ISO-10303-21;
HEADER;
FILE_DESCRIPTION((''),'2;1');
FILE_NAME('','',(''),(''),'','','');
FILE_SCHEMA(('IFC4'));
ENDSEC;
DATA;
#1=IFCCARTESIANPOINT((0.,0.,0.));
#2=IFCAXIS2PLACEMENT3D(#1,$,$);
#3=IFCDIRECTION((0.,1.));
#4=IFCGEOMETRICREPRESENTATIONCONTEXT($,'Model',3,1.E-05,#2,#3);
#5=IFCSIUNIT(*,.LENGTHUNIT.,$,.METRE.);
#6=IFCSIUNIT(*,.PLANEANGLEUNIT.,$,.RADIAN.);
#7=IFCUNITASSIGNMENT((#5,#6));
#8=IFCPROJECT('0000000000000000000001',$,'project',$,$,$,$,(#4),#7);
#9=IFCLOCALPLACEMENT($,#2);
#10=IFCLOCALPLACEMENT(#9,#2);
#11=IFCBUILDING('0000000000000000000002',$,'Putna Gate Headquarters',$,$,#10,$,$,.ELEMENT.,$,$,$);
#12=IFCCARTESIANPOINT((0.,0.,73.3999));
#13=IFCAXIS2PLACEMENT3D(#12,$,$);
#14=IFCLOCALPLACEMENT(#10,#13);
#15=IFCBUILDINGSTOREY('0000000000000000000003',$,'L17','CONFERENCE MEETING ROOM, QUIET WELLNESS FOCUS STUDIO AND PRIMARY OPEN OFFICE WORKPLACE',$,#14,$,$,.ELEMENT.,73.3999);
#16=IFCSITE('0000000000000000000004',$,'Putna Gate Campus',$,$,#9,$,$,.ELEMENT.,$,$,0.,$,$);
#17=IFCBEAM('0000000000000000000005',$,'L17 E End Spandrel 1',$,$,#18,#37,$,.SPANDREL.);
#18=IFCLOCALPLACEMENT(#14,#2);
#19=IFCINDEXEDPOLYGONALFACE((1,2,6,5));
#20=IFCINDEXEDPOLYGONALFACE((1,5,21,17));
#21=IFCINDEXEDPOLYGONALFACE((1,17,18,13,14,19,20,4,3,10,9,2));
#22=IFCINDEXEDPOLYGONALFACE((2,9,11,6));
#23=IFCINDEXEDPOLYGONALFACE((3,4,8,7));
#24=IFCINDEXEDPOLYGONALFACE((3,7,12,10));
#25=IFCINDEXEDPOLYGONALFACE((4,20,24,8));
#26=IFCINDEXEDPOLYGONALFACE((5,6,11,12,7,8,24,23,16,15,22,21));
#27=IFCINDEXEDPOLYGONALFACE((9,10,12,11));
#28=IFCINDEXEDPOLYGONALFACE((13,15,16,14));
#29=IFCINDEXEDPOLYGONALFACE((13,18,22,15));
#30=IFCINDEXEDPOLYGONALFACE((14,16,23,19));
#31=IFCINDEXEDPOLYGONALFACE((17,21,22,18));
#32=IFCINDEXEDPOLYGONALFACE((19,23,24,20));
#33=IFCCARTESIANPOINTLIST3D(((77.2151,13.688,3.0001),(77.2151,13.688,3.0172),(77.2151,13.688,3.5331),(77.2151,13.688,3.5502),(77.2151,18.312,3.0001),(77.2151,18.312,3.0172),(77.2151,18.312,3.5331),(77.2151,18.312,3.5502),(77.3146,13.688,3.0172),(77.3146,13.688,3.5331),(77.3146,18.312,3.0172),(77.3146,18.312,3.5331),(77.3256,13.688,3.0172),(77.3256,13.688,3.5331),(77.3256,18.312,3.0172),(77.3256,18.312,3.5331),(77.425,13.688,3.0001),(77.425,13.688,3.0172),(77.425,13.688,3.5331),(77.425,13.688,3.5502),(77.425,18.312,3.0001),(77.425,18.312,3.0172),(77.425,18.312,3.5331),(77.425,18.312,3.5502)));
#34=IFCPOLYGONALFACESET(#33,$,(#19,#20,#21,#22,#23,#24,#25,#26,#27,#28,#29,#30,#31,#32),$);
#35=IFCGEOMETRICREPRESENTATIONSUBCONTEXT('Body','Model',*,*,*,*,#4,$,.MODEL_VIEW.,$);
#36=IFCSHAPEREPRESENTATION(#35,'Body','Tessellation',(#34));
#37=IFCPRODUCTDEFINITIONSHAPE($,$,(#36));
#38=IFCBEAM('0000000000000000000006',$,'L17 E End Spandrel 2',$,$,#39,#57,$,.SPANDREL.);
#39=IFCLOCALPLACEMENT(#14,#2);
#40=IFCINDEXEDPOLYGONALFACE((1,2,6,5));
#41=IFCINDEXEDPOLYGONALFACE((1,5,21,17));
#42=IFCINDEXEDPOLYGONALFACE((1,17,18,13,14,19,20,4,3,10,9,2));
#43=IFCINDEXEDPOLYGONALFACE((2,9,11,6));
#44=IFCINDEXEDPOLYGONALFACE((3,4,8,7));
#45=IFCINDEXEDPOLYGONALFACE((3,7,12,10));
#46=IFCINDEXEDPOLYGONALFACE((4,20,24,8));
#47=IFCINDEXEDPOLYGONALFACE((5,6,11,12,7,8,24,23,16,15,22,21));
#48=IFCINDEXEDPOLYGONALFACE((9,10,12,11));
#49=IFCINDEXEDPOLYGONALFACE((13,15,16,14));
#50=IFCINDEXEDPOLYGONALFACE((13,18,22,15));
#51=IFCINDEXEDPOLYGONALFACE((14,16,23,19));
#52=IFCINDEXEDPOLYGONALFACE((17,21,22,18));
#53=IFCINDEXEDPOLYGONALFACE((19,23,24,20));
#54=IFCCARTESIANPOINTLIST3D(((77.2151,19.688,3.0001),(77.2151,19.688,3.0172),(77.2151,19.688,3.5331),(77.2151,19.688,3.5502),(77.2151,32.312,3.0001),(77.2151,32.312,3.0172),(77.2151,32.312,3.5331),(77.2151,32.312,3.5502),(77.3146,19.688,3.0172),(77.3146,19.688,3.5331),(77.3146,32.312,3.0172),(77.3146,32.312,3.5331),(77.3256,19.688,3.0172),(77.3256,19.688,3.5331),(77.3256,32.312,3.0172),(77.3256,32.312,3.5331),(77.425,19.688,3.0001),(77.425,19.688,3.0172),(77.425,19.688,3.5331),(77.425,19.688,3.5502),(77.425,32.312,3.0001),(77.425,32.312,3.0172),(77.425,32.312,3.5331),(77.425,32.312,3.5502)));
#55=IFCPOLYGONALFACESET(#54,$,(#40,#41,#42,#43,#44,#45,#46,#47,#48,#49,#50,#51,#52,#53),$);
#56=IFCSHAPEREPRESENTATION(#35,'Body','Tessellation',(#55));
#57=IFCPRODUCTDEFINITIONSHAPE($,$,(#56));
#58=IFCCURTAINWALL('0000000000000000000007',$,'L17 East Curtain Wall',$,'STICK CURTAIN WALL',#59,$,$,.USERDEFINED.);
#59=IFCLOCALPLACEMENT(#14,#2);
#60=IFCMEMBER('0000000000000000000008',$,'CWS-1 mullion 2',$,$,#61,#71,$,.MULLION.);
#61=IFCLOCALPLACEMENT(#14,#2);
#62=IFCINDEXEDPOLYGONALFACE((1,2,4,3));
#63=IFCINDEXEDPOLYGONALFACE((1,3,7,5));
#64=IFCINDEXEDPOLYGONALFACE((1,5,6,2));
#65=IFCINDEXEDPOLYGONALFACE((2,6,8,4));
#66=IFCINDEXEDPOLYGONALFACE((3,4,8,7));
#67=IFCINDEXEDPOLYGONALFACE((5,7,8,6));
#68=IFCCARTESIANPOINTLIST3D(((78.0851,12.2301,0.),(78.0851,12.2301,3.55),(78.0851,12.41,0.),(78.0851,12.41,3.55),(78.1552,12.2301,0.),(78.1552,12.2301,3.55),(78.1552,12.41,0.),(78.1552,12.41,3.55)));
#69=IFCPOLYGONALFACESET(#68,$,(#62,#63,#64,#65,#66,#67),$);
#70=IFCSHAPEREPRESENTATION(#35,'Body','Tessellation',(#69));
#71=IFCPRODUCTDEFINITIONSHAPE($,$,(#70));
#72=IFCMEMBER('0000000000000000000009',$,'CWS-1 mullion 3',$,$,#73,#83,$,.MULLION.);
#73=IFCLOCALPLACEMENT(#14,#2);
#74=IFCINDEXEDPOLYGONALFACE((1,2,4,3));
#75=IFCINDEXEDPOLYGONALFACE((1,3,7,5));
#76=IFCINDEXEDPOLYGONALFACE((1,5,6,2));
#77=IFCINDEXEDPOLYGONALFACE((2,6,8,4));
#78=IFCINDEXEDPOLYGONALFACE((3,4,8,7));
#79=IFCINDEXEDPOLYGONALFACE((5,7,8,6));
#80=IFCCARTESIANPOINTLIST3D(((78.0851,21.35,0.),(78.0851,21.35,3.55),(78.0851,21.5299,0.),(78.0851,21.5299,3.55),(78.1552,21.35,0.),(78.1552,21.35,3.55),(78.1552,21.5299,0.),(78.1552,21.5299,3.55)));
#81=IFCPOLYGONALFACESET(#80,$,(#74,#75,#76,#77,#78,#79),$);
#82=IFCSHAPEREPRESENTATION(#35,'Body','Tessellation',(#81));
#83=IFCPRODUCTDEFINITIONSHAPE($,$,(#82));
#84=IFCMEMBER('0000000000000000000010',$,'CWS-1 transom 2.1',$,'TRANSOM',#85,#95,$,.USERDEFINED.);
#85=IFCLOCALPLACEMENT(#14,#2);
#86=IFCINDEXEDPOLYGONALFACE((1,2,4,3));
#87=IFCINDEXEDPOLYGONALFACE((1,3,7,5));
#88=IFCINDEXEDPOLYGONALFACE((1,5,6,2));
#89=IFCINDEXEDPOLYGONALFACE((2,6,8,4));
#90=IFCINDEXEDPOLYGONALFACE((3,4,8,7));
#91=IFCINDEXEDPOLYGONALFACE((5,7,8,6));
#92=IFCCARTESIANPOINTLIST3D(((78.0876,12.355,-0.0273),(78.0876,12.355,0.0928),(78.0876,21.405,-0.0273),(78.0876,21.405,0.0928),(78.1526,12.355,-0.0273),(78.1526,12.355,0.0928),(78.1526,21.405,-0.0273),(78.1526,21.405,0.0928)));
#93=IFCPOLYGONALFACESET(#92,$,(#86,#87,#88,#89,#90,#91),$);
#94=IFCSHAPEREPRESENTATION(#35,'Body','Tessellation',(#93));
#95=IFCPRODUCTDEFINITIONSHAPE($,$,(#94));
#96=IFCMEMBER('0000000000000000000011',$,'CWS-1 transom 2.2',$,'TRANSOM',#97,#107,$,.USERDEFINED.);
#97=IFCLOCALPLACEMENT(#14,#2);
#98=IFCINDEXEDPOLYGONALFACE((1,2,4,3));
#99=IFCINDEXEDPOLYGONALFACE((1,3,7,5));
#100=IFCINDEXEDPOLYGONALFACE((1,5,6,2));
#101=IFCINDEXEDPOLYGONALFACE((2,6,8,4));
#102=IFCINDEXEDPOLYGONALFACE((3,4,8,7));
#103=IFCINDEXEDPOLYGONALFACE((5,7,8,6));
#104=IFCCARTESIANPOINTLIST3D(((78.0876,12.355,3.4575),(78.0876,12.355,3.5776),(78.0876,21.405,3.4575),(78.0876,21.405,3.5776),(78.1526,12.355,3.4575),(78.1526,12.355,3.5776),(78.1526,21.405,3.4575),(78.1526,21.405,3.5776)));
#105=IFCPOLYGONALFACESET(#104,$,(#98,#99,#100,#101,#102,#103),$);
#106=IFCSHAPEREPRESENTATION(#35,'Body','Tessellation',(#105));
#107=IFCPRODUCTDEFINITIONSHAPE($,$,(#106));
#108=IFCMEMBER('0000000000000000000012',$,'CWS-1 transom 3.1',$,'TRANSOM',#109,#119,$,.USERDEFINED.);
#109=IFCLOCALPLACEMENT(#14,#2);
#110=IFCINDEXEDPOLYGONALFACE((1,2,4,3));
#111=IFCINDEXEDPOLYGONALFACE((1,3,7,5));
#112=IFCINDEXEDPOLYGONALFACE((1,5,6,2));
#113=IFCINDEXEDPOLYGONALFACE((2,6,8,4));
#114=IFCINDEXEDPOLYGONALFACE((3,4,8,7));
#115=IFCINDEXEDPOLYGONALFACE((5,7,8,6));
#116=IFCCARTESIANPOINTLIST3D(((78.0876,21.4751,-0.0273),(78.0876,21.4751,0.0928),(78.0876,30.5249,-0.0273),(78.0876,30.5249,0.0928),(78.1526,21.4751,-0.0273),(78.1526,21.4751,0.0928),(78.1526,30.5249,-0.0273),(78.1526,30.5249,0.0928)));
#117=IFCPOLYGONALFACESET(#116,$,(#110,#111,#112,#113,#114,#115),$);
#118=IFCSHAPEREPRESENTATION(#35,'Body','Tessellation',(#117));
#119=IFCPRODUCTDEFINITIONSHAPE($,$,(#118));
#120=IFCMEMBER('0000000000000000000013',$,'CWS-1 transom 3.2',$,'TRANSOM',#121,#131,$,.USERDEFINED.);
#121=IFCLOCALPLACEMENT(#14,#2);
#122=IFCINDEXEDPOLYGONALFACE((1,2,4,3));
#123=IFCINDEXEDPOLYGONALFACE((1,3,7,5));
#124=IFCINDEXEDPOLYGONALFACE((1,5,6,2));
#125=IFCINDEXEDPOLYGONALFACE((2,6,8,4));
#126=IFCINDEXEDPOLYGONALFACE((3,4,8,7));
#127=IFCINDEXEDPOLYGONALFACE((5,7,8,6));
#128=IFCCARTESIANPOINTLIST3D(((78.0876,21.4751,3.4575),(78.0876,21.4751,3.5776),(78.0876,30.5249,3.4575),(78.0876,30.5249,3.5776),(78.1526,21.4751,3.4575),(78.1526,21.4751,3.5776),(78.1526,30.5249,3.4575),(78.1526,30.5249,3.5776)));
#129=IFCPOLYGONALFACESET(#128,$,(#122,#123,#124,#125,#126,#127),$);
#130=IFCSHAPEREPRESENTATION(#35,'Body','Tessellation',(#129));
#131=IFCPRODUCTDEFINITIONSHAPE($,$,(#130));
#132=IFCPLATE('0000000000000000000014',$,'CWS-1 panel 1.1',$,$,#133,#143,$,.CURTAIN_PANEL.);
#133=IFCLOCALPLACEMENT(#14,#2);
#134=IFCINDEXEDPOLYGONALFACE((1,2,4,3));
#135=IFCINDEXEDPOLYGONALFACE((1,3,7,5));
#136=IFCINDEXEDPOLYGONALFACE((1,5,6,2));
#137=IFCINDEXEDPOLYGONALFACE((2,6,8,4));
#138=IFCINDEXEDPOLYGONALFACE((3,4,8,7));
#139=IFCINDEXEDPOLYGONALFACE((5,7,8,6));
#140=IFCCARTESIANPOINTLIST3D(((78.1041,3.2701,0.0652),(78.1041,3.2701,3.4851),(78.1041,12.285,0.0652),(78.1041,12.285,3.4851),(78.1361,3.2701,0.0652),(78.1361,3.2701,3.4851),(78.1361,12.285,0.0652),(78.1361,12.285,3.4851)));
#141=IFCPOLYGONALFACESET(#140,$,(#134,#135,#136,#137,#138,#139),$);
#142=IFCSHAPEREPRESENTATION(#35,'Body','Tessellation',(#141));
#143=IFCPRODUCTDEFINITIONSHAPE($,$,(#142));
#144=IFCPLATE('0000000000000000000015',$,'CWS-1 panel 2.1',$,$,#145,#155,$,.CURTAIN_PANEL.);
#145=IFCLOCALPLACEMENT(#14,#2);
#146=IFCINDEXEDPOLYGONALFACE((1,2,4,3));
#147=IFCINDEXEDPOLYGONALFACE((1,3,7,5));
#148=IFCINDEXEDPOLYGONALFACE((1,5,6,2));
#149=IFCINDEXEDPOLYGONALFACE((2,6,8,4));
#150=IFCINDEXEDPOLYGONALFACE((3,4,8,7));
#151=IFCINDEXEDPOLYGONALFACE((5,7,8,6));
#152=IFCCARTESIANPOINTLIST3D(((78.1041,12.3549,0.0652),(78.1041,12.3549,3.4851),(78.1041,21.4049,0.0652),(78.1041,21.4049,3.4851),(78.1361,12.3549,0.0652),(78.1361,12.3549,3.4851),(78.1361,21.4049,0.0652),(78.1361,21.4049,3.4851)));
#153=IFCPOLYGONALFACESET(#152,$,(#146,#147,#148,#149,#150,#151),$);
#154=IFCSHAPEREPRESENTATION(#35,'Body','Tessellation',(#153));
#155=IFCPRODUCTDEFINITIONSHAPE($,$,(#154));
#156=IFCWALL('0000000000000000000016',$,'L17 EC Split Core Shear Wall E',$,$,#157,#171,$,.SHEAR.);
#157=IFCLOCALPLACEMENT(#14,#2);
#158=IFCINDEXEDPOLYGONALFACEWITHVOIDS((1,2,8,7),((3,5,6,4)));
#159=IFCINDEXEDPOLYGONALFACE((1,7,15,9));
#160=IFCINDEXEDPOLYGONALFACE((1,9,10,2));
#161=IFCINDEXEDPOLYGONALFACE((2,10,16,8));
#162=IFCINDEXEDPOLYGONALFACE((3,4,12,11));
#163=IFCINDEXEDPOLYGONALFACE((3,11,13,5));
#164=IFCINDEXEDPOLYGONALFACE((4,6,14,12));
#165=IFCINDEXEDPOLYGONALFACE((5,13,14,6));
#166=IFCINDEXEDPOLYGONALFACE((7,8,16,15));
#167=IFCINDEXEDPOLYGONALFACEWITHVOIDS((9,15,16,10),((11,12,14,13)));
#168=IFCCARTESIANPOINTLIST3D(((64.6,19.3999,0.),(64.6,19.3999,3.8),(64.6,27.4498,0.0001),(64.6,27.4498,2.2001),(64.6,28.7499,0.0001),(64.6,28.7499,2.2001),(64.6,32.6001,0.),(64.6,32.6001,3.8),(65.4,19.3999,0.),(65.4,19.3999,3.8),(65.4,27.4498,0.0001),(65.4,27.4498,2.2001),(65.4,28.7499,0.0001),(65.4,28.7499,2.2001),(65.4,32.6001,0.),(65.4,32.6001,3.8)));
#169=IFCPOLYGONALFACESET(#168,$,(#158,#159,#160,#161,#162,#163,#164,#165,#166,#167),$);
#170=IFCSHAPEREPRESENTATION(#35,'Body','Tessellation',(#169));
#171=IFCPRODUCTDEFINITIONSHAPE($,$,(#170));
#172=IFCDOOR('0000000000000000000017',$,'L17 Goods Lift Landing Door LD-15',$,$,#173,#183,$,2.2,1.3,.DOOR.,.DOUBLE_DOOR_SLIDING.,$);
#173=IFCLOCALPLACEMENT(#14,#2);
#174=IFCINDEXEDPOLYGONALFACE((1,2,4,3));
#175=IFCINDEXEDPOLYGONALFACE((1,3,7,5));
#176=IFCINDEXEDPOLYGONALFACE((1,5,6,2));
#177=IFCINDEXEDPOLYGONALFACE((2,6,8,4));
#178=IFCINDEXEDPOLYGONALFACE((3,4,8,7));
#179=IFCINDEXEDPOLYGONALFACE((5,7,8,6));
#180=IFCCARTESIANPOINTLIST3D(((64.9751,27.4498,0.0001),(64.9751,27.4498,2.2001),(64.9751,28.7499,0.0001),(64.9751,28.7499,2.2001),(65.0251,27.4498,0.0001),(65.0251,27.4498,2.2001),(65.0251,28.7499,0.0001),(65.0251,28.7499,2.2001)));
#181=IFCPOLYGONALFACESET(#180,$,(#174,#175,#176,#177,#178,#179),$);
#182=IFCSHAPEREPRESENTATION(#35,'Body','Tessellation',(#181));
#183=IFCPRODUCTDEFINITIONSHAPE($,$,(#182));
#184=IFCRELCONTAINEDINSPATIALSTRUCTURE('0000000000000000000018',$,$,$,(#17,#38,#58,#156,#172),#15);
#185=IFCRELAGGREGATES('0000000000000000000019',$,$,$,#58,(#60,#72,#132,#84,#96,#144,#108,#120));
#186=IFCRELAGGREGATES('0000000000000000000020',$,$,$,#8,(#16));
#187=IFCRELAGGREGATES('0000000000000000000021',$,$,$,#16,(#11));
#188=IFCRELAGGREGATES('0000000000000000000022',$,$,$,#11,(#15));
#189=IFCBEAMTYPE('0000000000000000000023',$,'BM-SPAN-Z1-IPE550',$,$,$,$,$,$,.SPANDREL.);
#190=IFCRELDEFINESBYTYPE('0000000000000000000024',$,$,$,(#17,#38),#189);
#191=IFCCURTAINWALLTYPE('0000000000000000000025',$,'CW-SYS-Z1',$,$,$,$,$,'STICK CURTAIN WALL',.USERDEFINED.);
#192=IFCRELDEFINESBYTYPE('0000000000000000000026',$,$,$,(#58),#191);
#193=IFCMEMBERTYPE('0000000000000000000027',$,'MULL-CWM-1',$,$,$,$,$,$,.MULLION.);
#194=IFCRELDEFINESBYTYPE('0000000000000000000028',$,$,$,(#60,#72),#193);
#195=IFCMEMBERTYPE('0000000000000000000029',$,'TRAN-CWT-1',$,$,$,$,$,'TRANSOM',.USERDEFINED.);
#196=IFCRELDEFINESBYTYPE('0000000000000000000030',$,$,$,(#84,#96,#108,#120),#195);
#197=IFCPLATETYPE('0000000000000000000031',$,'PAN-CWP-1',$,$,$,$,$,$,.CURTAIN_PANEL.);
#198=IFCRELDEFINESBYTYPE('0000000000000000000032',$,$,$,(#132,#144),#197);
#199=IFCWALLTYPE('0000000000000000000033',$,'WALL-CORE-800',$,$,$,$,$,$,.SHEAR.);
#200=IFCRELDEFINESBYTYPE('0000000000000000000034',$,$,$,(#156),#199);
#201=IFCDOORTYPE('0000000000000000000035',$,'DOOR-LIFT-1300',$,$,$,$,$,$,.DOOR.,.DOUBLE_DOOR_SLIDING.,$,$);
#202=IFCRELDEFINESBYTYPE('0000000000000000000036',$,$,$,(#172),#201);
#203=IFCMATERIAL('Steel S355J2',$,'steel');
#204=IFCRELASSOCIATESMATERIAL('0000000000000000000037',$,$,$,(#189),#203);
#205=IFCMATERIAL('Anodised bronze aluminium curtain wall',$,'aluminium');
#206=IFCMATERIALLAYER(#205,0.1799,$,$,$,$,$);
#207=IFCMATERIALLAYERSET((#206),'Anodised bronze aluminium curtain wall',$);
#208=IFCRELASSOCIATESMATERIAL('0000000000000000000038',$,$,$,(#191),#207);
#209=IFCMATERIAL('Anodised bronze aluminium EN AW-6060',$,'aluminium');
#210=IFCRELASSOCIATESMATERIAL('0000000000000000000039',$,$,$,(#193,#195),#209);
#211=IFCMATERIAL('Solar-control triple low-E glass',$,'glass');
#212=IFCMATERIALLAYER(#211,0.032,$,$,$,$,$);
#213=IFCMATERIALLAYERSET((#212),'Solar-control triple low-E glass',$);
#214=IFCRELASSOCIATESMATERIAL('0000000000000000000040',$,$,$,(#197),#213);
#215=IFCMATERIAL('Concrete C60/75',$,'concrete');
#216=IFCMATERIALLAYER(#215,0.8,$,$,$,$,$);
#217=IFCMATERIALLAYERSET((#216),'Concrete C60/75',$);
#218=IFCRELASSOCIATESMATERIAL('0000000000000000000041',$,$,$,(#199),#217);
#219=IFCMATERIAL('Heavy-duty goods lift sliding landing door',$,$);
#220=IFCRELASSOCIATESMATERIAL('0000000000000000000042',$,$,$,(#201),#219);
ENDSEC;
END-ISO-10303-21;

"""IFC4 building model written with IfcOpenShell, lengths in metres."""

from ifc_helpers import new_model, si_unit, direction, frame, frame_2d, origin, origin_2d, place, context, subcontext, project, spatial, rectangle, i_section, extrude, material, layer, layer_set, material_profile, profile_set, type_object, element, fill, aggregate, save


model = new_model("IFC4")

# Units and contexts
model_context = context("Model", 3, precision=1e-05, world=origin(), true_north=direction((0.0, 1.0)))
body_context = subcontext(model_context, "Body", "Model", "MODEL_VIEW")
ifc_project = project(units=[si_unit("LENGTHUNIT", "METRE"), si_unit("PLANEANGLEUNIT", "RADIAN")], contexts=[model_context])

# Site, building, storey
site_placement = place(None, origin())
site = spatial("IfcSite", under=ifc_project, at=site_placement, Name="Putna Gate Campus", CompositionType="ELEMENT", RefElevation=0.0)
building_placement = place(site_placement, origin())
building = spatial("IfcBuilding", under=site, at=building_placement, Name="Putna Gate Headquarters", CompositionType="ELEMENT")
storey_placement = place(building_placement, frame((0.0, 0.0, 73.3999)))
storey = spatial("IfcBuildingStorey", under=building, at=storey_placement, Name="L17", Description="CONFERENCE MEETING ROOM, QUIET WELLNESS FOCUS STUDIO AND PRIMARY OPEN OFFICE WORKPLACE", CompositionType="ELEMENT", Elevation=73.3999)

# Shared definitions
ifc_material_1 = material(Name="Concrete C60/75", Category="concrete")

# Beams
ifc_material_2 = material(Name="Steel S355J2", Category="steel")
ifc_material_profile_1 = material_profile(ifc_material_2, i_section(OverallWidth=0.21, OverallDepth=0.55, WebThickness=0.011, FlangeThickness=0.0171, at=origin_2d()), Name="Steel S355J2")
ifc_profile_set_1 = profile_set([ifc_material_profile_1], Name="Steel S355J2")
beam_type_1 = type_object("IfcBeamType", Name="BM-SPAN-Z1-IPE550", PredefinedType="SPANDREL", material=ifc_profile_set_1)
beam_1_placement = place(storey_placement, frame((77.3201, 13.688, 3.2751), z_axis=(0.0, 1.0, 0.0), x_axis=(-1.0, 0.0, 0.0)))
element("IfcBeam", 1, at=beam_1_placement, inside=storey, type_object=beam_type_1, Name="L17 E End Spandrel 1", PredefinedType="SPANDREL", context=body_context, shape_type="SweptSolid", body=[
    extrude(i_section(OverallWidth=0.21, OverallDepth=0.55, WebThickness=0.011, FlangeThickness=0.0171, at=origin_2d()), origin(), (0.0, 0.0, 1.0), 4.624),
])
beam_2_placement = place(storey_placement, frame((77.3201, 19.688, 3.2751), z_axis=(0.0, 1.0, 0.0), x_axis=(-1.0, 0.0, 0.0)))
element("IfcBeam", 2, at=beam_2_placement, inside=storey, type_object=beam_type_1, Name="L17 E End Spandrel 2", PredefinedType="SPANDREL", context=body_context, shape_type="SweptSolid", body=[
    extrude(i_section(OverallWidth=0.21, OverallDepth=0.55, WebThickness=0.011, FlangeThickness=0.0171, at=origin_2d()), origin(), (0.0, 0.0, 1.0), 12.624),
])

# Curtain wall, members, plates
ifc_material_3 = material(Name="Anodised bronze aluminium curtain wall", Category="aluminium")
ifc_layer_1 = layer(ifc_material_3, 0.1799)
ifc_layer_set_1 = layer_set([ifc_layer_1], Name="Anodised bronze aluminium curtain wall")
curtain_wall_type = type_object("IfcCurtainWallType", Name="CW-SYS-Z1", ElementType="STICK CURTAIN WALL", PredefinedType="USERDEFINED", material=ifc_layer_set_1)
curtain_wall_placement = place(storey_placement, origin())
curtain_wall = element("IfcCurtainWall", 3, at=curtain_wall_placement, inside=storey, type_object=curtain_wall_type, Name="L17 East Curtain Wall", ObjectType="STICK CURTAIN WALL", PredefinedType="USERDEFINED")
ifc_material_4 = material(Name="Anodised bronze aluminium EN AW-6060", Category="aluminium")
ifc_material_profile_2 = material_profile(ifc_material_4, rectangle(XDim=0.0701, YDim=0.1799, at=origin_2d()), Name="Anodised bronze aluminium EN AW-6060")
ifc_profile_set_2 = profile_set([ifc_material_profile_2], Name="Anodised bronze aluminium EN AW-6060")
member_type_1 = type_object("IfcMemberType", Name="MULL-CWM-1", PredefinedType="MULLION", material=ifc_profile_set_2)
member_1_placement = place(storey_placement, frame((78.1201, 12.3201, 0.0), z_axis=(0.0, 0.0, 1.0), x_axis=(-1.0, 0.0, 0.0)))
member_1 = element("IfcMember", 4, at=member_1_placement, type_object=member_type_1, Name="CWS-1 mullion 2", PredefinedType="MULLION", context=body_context, shape_type="SweptSolid", body=[
    extrude(rectangle(XDim=0.0701, YDim=0.1799, at=origin_2d()), origin(), (0.0, 0.0, 1.0), 3.55),
])
member_2_placement = place(storey_placement, frame((78.1201, 21.4399, 0.0), z_axis=(0.0, 0.0, 1.0), x_axis=(-1.0, 0.0, 0.0)))
member_2 = element("IfcMember", 5, at=member_2_placement, type_object=member_type_1, Name="CWS-1 mullion 3", PredefinedType="MULLION", context=body_context, shape_type="SweptSolid", body=[
    extrude(rectangle(XDim=0.0701, YDim=0.1799, at=origin_2d()), origin(), (0.0, 0.0, 1.0), 3.55),
])
ifc_material_profile_3 = material_profile(ifc_material_4, rectangle(XDim=0.0649, YDim=0.1201, at=origin_2d()), Name="Anodised bronze aluminium EN AW-6060")
ifc_profile_set_3 = profile_set([ifc_material_profile_3], Name="Anodised bronze aluminium EN AW-6060")
member_type_2 = type_object("IfcMemberType", Name="TRAN-CWT-1", ElementType="TRANSOM", PredefinedType="USERDEFINED", material=ifc_profile_set_3)
member_3_placement = place(storey_placement, frame((78.1201, 12.355, 0.0327), z_axis=(0.0, 1.0, 0.0), x_axis=(-1.0, 0.0, 0.0)))
member_3 = element("IfcMember", 6, at=member_3_placement, type_object=member_type_2, Name="CWS-1 transom 2.1", ObjectType="TRANSOM", PredefinedType="USERDEFINED", context=body_context, shape_type="SweptSolid", body=[
    extrude(rectangle(XDim=0.0649, YDim=0.1201, at=origin_2d()), origin(), (0.0, 0.0, 1.0), 9.05),
])
member_4_placement = place(storey_placement, frame((78.1201, 12.355, 3.5176), z_axis=(0.0, 1.0, 0.0), x_axis=(-1.0, 0.0, 0.0)))
member_4 = element("IfcMember", 7, at=member_4_placement, type_object=member_type_2, Name="CWS-1 transom 2.2", ObjectType="TRANSOM", PredefinedType="USERDEFINED", context=body_context, shape_type="SweptSolid", body=[
    extrude(rectangle(XDim=0.0649, YDim=0.1201, at=origin_2d()), origin(), (0.0, 0.0, 1.0), 9.05),
])
member_5_placement = place(storey_placement, frame((78.1201, 21.4751, 0.0327), z_axis=(0.0, 1.0, 0.0), x_axis=(-1.0, 0.0, 0.0)))
member_5 = element("IfcMember", 8, at=member_5_placement, type_object=member_type_2, Name="CWS-1 transom 3.1", ObjectType="TRANSOM", PredefinedType="USERDEFINED", context=body_context, shape_type="SweptSolid", body=[
    extrude(rectangle(XDim=0.0649, YDim=0.1201, at=origin_2d()), origin(), (0.0, 0.0, 1.0), 9.0498),
])
member_6_placement = place(storey_placement, frame((78.1201, 21.4751, 3.5176), z_axis=(0.0, 1.0, 0.0), x_axis=(-1.0, 0.0, 0.0)))
member_6 = element("IfcMember", 9, at=member_6_placement, type_object=member_type_2, Name="CWS-1 transom 3.2", ObjectType="TRANSOM", PredefinedType="USERDEFINED", context=body_context, shape_type="SweptSolid", body=[
    extrude(rectangle(XDim=0.0649, YDim=0.1201, at=origin_2d()), origin(), (0.0, 0.0, 1.0), 9.0498),
])
ifc_material_5 = material(Name="Solar-control triple low-E glass", Category="glass")
ifc_layer_2 = layer(ifc_material_5, 0.032)
ifc_layer_set_2 = layer_set([ifc_layer_2], Name="Solar-control triple low-E glass")
plate_type = type_object("IfcPlateType", Name="PAN-CWP-1", PredefinedType="CURTAIN_PANEL", material=ifc_layer_set_2)
plate_1_placement = place(storey_placement, frame((78.1201, 7.7776, 0.0652), z_axis=(0.0, 0.0, 1.0), x_axis=(0.0, 1.0, 0.0)))
plate_1 = element("IfcPlate", 10, at=plate_1_placement, type_object=plate_type, Name="CWS-1 panel 1.1", PredefinedType="CURTAIN_PANEL", context=body_context, shape_type="SweptSolid", body=[
    extrude(rectangle(XDim=9.0149, YDim=0.032, at=origin_2d()), origin(), (0.0, 0.0, 1.0), 3.4199),
])
plate_2_placement = place(storey_placement, frame((78.1201, 16.8799, 0.0652), z_axis=(0.0, 0.0, 1.0), x_axis=(0.0, 1.0, 0.0)))
plate_2 = element("IfcPlate", 11, at=plate_2_placement, type_object=plate_type, Name="CWS-1 panel 2.1", PredefinedType="CURTAIN_PANEL", context=body_context, shape_type="SweptSolid", body=[
    extrude(rectangle(XDim=9.05, YDim=0.032, at=origin_2d()), origin(), (0.0, 0.0, 1.0), 3.4199),
])
aggregate(curtain_wall, [member_1, member_2, plate_1, member_3, member_4, plate_2, member_5, member_6])

# Wall, opening, door
ifc_layer_3 = layer(ifc_material_1, 0.8)
ifc_layer_set_3 = layer_set([ifc_layer_3], Name="Concrete C60/75")
wall_type_1 = type_object("IfcWallType", Name="WALL-CORE-800", PredefinedType="SHEAR", material=ifc_layer_set_3)
wall_1_placement = place(storey_placement, frame((65.0, 19.3999, 0.0), z_axis=(0.0, 0.0, 1.0), x_axis=(0.0, 1.0, 0.0)))
wall_1 = element("IfcWall", 12, at=wall_1_placement, inside=storey, type_object=wall_type_1, Name="L17 EC Split Core Shear Wall E", PredefinedType="SHEAR", context=body_context, shape_type="SweptSolid", body=[
    extrude(rectangle(XDim=13.2002, YDim=0.8, at=frame_2d((6.6001, 0.0))), origin(), (0.0, 0.0, 1.0), 3.8),
])
opening_1_placement = place(wall_1_placement, frame((8.05, 0.0, 0.0)))
opening_1 = element("IfcOpeningElement", 13, at=opening_1_placement, cuts=wall_1, PredefinedType="OPENING", context=body_context, shape_type="SweptSolid", body=[
    extrude(rectangle(XDim=1.3, YDim=2.2, at=frame_2d((0.6499, 1.1001))), frame((0.0, 0.4099, 0.0), z_axis=(0.0, -1.0, 0.0), x_axis=(1.0, 0.0, 0.0)), (0.0, 0.0, 1.0), 0.8201),
])
ifc_material_6 = material(Name="Heavy-duty goods lift sliding landing door")
door_type_1 = type_object("IfcDoorType", Name="DOOR-LIFT-1300", OperationType="DOUBLE_DOOR_SLIDING", PredefinedType="DOOR", material=ifc_material_6)
door_1_placement = place(opening_1_placement, origin())
door_1 = element("IfcDoor", 14, at=door_1_placement, inside=storey, type_object=door_type_1, Name="L17 Goods Lift Landing Door LD-15", OperationType="DOUBLE_DOOR_SLIDING", OverallHeight=2.2, OverallWidth=1.3, PredefinedType="DOOR", context=body_context, shape_type="SweptSolid", body=[
    extrude(rectangle(XDim=1.3, YDim=2.2, at=frame_2d((0.6499, 1.1001))), frame((0.0, 0.0249, 0.0), z_axis=(0.0, -1.0, 0.0), x_axis=(1.0, 0.0, 0.0)), (0.0, 0.0, 1.0), 0.05),
])
fill(opening_1, door_1)

save(model, "model.ifc")
